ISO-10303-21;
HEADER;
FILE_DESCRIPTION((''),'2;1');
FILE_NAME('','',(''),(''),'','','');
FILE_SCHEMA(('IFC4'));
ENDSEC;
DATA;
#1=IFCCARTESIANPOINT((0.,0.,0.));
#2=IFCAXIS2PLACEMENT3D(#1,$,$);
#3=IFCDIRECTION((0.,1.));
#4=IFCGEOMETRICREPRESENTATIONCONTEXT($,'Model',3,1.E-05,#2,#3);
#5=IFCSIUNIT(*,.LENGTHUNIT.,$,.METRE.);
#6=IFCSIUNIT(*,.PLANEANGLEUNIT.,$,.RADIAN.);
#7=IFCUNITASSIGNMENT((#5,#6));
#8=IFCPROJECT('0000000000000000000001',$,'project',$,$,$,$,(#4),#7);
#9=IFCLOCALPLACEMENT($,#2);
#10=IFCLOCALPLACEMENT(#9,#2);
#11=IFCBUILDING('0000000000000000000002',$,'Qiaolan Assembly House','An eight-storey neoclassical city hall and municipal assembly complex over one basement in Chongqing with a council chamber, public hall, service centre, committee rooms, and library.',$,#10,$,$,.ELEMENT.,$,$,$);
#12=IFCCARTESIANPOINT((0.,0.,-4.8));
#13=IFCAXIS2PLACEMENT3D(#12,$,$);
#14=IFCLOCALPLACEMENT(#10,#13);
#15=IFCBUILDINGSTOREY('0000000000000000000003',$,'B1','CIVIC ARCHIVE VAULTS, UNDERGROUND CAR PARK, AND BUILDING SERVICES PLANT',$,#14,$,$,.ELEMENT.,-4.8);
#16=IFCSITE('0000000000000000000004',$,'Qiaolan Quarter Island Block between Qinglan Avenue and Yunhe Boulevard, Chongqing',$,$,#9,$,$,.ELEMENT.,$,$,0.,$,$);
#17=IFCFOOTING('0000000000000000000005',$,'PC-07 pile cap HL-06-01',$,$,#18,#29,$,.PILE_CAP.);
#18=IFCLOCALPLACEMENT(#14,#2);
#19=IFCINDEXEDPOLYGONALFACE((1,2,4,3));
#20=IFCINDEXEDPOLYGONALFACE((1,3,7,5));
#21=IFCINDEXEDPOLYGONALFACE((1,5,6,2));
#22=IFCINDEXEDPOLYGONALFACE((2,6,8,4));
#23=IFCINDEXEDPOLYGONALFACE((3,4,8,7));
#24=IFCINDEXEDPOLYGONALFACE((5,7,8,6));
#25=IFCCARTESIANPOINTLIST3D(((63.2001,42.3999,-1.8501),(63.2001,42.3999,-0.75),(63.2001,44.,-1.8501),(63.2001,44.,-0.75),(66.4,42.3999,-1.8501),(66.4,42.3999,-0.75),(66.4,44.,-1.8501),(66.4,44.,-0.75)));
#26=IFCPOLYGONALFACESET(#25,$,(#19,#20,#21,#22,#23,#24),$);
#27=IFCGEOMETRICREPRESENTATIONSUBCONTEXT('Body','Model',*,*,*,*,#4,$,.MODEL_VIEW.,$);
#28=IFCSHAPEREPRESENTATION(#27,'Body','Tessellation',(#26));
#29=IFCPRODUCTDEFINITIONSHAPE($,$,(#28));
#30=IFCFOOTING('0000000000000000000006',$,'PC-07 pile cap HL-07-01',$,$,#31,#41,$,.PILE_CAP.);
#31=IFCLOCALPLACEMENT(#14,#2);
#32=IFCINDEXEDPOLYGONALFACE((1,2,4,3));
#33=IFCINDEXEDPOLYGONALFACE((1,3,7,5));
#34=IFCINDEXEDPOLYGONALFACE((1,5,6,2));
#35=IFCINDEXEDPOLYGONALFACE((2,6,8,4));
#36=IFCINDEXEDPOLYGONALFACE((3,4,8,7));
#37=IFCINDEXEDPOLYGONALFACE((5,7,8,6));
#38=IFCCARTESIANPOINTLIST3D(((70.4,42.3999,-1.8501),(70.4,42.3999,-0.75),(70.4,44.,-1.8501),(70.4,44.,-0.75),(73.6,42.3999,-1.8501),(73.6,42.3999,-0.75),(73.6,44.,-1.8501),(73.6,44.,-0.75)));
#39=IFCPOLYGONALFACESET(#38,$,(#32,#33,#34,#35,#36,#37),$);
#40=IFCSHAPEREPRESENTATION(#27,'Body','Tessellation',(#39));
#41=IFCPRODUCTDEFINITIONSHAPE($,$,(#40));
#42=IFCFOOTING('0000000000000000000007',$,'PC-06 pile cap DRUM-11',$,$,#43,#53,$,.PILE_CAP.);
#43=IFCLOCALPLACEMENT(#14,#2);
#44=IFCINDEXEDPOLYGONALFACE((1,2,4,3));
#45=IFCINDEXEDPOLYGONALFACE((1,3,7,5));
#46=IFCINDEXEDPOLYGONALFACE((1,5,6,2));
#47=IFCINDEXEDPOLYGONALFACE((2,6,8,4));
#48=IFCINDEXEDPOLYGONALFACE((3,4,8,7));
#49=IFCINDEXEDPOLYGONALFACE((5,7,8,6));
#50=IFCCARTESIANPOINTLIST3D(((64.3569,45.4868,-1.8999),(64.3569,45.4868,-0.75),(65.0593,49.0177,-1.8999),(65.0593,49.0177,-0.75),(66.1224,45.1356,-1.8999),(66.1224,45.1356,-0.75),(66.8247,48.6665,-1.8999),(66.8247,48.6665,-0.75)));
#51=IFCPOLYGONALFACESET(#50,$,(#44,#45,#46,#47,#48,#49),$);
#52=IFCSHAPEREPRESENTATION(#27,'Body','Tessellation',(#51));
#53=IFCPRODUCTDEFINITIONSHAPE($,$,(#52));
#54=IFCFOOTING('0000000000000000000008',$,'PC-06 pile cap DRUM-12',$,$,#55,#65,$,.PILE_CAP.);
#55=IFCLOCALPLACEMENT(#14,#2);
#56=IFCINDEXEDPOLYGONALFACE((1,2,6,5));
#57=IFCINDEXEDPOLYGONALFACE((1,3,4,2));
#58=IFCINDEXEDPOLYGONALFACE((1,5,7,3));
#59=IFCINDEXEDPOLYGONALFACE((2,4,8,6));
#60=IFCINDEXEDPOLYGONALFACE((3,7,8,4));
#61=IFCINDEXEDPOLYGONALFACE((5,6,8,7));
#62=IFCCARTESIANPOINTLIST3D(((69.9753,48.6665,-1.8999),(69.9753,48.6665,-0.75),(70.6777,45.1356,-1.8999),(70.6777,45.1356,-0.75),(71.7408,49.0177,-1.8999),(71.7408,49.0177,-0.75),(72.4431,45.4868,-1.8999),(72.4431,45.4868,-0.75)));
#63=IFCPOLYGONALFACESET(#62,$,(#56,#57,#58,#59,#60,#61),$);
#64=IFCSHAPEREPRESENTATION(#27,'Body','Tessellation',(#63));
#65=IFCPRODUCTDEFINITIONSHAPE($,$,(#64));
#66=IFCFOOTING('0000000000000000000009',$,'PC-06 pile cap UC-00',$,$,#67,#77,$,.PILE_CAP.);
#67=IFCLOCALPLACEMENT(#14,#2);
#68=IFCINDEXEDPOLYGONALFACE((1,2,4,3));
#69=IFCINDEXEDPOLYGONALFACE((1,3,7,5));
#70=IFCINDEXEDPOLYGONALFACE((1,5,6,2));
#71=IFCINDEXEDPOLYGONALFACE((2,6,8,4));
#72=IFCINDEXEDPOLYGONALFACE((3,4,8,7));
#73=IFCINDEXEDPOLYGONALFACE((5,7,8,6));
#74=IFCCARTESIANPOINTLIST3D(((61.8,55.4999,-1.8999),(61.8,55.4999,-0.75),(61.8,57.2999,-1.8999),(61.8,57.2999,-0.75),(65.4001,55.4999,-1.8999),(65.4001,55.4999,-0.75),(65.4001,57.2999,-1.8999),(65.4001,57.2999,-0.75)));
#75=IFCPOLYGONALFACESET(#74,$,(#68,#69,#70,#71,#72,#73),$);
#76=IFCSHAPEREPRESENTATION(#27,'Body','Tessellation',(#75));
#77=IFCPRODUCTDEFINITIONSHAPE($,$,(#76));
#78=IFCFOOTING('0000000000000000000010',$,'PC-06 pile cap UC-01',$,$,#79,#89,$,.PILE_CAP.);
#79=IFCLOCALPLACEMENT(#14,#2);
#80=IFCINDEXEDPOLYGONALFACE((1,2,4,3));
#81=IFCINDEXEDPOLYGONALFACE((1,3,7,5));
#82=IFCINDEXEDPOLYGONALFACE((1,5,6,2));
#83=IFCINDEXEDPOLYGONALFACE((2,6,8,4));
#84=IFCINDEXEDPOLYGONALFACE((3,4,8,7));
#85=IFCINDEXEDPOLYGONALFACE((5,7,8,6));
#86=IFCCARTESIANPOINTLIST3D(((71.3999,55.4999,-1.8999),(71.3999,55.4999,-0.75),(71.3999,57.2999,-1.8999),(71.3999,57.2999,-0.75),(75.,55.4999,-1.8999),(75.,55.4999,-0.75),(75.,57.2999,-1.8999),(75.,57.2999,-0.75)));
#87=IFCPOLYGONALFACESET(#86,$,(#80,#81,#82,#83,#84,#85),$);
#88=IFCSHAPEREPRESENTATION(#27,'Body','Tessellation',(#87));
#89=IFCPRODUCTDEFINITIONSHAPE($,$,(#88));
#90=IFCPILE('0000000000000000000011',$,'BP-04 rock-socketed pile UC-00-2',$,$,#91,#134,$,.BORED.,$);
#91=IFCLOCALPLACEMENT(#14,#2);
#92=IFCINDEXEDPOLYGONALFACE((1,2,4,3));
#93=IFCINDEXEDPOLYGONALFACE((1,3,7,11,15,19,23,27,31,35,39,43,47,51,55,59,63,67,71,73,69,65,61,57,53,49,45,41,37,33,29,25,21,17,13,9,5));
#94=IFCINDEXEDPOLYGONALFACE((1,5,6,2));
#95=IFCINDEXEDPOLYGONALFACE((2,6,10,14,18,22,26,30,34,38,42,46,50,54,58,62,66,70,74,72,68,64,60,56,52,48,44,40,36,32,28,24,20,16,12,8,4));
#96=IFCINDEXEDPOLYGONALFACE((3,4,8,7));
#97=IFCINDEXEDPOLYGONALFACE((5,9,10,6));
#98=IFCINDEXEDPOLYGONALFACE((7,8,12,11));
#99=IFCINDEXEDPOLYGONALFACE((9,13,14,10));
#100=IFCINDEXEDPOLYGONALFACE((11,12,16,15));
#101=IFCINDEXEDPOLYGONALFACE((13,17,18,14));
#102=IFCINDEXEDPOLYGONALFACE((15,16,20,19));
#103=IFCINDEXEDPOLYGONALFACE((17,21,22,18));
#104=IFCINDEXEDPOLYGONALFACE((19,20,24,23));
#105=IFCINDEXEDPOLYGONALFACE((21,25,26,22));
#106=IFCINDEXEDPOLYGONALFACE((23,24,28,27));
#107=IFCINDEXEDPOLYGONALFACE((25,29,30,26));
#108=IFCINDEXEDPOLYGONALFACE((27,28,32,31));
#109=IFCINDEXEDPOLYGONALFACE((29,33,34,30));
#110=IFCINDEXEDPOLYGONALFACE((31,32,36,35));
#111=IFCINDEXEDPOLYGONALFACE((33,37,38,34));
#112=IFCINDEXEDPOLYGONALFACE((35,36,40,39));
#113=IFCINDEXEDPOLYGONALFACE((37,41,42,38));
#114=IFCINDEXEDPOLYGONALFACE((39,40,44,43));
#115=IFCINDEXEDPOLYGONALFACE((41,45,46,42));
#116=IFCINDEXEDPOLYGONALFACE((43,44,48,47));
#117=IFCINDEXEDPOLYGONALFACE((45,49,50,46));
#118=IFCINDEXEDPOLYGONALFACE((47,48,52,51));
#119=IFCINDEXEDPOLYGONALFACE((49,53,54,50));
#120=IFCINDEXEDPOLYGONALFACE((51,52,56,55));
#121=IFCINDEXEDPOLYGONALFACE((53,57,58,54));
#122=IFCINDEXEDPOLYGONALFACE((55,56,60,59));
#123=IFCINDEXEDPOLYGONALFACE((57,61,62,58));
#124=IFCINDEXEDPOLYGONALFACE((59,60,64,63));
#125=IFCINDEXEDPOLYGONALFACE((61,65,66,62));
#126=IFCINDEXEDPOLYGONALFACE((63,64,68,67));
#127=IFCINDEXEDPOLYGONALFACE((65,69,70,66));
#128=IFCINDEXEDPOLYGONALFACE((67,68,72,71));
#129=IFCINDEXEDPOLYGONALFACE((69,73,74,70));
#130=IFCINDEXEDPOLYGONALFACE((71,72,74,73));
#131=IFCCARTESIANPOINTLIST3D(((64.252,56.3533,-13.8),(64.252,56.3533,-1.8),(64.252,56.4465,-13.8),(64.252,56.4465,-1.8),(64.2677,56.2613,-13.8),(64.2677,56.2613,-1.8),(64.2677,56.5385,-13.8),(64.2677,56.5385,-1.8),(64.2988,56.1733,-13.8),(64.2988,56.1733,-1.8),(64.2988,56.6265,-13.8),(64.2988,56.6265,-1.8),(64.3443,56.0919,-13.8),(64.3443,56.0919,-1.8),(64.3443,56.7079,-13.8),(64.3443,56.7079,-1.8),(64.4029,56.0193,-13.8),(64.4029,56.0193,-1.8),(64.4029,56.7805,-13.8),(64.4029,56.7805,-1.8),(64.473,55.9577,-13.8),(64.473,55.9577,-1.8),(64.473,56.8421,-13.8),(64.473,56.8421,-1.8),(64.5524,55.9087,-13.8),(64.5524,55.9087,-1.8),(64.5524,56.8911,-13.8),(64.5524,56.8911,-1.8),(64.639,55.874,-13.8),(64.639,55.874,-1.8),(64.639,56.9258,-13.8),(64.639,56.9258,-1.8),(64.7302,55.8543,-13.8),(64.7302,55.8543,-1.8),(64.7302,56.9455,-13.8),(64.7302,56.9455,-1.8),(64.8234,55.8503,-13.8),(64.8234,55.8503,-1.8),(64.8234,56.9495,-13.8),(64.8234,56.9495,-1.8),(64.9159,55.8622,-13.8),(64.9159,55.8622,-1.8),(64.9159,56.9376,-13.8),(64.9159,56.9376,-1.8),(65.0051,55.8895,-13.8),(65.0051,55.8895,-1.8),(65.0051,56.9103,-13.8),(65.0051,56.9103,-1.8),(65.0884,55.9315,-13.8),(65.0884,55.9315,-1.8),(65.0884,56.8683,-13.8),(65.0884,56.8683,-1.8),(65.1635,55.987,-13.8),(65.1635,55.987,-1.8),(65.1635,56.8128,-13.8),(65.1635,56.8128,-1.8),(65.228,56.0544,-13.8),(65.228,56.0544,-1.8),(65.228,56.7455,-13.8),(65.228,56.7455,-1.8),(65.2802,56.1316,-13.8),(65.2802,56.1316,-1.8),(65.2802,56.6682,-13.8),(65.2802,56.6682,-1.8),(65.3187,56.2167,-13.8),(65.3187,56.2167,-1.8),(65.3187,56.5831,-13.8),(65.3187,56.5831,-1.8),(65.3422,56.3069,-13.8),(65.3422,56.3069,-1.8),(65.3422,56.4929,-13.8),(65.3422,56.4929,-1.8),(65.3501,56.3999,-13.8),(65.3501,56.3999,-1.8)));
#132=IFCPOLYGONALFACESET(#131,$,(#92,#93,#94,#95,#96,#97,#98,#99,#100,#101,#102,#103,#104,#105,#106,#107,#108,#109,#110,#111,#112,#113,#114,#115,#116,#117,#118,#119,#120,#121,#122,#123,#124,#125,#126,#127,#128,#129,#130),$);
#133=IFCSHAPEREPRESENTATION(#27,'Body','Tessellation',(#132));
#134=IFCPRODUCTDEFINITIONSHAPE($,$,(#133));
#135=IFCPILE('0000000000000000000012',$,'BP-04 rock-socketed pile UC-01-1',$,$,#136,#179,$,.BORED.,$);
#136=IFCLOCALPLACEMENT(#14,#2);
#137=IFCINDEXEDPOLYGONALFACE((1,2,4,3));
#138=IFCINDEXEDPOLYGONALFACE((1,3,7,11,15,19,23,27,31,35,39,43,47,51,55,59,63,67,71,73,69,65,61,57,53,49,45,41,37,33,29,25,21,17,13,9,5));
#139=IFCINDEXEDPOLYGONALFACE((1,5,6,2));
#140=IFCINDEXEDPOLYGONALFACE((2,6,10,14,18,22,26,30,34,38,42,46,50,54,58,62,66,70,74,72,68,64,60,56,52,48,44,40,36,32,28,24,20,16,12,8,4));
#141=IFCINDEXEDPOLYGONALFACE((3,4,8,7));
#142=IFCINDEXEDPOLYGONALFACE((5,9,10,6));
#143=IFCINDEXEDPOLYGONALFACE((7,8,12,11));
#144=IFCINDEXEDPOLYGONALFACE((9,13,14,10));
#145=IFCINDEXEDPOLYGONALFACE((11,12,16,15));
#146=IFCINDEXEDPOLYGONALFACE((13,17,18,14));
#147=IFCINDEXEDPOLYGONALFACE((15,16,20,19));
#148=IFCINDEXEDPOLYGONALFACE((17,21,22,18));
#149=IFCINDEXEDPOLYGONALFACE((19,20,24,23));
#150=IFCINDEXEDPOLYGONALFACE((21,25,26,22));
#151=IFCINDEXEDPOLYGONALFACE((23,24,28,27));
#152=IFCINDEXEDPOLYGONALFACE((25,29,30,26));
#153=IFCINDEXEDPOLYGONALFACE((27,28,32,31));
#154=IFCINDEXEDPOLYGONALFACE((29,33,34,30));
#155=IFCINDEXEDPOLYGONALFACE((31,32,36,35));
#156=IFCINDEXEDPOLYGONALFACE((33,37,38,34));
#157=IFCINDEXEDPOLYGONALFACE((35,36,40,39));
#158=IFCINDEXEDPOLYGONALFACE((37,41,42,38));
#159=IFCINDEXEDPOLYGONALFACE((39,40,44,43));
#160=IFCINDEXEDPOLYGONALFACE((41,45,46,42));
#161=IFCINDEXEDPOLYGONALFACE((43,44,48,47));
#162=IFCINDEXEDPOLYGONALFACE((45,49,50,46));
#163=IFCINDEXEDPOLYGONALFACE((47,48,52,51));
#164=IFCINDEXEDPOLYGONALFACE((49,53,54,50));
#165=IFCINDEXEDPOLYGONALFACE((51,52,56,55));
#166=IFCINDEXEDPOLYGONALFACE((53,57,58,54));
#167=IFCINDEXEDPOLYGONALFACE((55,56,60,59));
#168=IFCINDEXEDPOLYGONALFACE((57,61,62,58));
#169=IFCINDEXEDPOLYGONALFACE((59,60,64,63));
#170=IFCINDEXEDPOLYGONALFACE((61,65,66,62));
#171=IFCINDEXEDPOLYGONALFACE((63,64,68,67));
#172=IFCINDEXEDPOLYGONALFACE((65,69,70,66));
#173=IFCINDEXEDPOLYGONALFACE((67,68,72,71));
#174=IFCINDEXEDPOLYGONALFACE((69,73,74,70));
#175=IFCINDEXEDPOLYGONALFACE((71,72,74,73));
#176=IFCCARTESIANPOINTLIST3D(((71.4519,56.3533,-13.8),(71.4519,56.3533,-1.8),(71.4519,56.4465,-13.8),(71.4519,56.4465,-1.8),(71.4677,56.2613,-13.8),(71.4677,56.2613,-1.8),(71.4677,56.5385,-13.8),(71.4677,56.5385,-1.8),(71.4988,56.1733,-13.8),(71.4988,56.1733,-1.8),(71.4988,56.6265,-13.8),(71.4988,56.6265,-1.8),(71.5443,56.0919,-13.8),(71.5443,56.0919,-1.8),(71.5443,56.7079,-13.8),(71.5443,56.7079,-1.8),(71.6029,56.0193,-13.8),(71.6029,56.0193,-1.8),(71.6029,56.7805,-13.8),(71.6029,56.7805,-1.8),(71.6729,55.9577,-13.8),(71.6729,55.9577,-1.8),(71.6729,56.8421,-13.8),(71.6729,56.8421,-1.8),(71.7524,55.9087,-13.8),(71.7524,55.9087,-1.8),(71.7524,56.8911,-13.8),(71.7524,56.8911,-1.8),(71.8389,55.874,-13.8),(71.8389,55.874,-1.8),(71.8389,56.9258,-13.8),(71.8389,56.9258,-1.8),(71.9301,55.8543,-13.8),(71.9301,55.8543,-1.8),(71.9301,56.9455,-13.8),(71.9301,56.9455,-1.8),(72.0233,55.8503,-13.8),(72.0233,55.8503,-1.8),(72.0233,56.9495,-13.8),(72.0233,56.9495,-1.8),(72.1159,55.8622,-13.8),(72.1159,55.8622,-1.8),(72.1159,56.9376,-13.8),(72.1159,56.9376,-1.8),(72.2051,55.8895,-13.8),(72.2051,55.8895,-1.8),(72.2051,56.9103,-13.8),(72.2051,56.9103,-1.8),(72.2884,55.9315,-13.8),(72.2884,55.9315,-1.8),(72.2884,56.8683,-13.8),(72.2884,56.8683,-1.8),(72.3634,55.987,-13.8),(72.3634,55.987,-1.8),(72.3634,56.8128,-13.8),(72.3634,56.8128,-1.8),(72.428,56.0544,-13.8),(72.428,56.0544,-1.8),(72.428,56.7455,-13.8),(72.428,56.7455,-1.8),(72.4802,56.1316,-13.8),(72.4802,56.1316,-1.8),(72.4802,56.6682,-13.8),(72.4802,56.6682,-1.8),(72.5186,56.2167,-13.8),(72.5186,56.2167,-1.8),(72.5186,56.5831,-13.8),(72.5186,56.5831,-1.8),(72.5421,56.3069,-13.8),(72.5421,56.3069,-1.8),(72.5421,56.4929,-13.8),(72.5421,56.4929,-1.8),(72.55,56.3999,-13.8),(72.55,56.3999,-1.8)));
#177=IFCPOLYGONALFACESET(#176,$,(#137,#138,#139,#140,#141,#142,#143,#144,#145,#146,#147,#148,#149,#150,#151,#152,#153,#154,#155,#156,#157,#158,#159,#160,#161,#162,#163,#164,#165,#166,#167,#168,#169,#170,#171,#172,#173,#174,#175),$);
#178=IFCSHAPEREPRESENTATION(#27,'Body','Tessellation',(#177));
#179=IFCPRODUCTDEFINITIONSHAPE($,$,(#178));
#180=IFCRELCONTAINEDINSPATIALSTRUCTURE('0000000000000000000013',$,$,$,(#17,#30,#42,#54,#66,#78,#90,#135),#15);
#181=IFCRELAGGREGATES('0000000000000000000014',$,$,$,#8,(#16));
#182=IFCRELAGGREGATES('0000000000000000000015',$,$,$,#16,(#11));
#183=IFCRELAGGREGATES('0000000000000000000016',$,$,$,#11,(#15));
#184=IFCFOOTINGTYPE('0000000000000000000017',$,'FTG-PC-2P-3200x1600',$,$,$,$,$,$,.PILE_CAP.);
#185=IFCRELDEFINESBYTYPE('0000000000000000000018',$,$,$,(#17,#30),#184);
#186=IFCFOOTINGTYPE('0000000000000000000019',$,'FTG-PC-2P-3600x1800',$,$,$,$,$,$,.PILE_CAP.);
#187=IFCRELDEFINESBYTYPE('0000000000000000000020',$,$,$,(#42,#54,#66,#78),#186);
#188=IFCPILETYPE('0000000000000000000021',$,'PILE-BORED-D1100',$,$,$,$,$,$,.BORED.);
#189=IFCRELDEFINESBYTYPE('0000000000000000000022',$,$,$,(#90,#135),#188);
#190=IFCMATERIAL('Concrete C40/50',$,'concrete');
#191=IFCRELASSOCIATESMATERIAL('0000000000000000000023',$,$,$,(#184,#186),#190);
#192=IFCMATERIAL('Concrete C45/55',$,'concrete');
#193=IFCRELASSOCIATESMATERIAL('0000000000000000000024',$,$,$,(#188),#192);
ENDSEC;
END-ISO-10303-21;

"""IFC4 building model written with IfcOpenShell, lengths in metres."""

from ifc_helpers import new_model, si_unit, direction, frame, origin, origin_2d, place, context, subcontext, project, spatial, rectangle, circle, extrude, material, material_profile, profile_set, type_object, element, save


model = new_model("IFC4")

# Units and contexts
model_context = context("Model", 3, precision=1e-05, world=origin(), true_north=direction((0.0, 1.0)))
body_context = subcontext(model_context, "Body", "Model", "MODEL_VIEW")
ifc_project = project(units=[si_unit("LENGTHUNIT", "METRE"), si_unit("PLANEANGLEUNIT", "RADIAN")], contexts=[model_context])

# Site, building, storey
site_placement = place(None, origin())
site = spatial("IfcSite", under=ifc_project, at=site_placement, Name="Qiaolan Quarter Island Block between Qinglan Avenue and Yunhe Boulevard, Chongqing", CompositionType="ELEMENT", RefElevation=0.0)
building_placement = place(site_placement, origin())
building = spatial("IfcBuilding", under=site, at=building_placement, Name="Qiaolan Assembly House", Description="An eight-storey neoclassical city hall and municipal assembly complex over one basement in Chongqing with a council chamber, public hall, service centre, committee rooms, and library.", CompositionType="ELEMENT")
storey_placement = place(building_placement, frame((0.0, 0.0, -4.8)))
storey = spatial("IfcBuildingStorey", under=building, at=storey_placement, Name="B1", Description="CIVIC ARCHIVE VAULTS, UNDERGROUND CAR PARK, AND BUILDING SERVICES PLANT", CompositionType="ELEMENT", Elevation=-4.8)

# Footings
ifc_material_1 = material(Name="Concrete C40/50", Category="concrete")
footing_type_1 = type_object("IfcFootingType", Name="FTG-PC-2P-3200x1600", PredefinedType="PILE_CAP", material=ifc_material_1)
for number, where, z_axis, x_axis, name in (
    (1, (64.8, 43.2, -1.8501), (0.0, 0.0, 1.0), (1.0, 0.0, 0.0), "PC-07 pile cap HL-06-01"),
    (2, (72.0, 43.2, -1.8501), (0.0, 0.0, 1.0), (1.0, 0.0, 0.0), "PC-07 pile cap HL-07-01"),
):
    element("IfcFooting", number, at=place(storey_placement, frame(where, z_axis=z_axis, x_axis=x_axis)), inside=storey, type_object=footing_type_1, Name=name, PredefinedType="PILE_CAP", context=body_context, shape_type="SweptSolid", body=[
        extrude(rectangle(XDim=3.2, YDim=1.6001, at=origin_2d()), origin(), (0.0, 0.0, 1.0), 1.1001),
    ])
footing_type_2 = type_object("IfcFootingType", Name="FTG-PC-2P-3600x1800", PredefinedType="PILE_CAP", material=ifc_material_1)
for number, where, z_axis, x_axis, name in (
    (3, (65.5908, 47.0767, -1.8999), (0.0, 0.0, 1.0), (-0.19509, -0.980785, 0.0), "PC-06 pile cap DRUM-11"),
    (4, (71.2092, 47.0767, -1.8999), (0.0, 0.0, 1.0), (0.19509, -0.980785, 0.0), "PC-06 pile cap DRUM-12"),
    (5, (63.6001, 56.3999, -1.8999), (0.0, 0.0, 1.0), (1.0, 0.0, 0.0), "PC-06 pile cap UC-00"),
    (6, (73.2, 56.3999, -1.8999), (0.0, 0.0, 1.0), (1.0, 0.0, 0.0), "PC-06 pile cap UC-01"),
):
    element("IfcFooting", number, at=place(storey_placement, frame(where, z_axis=z_axis, x_axis=x_axis)), inside=storey, type_object=footing_type_2, Name=name, PredefinedType="PILE_CAP", context=body_context, shape_type="SweptSolid", body=[
        extrude(rectangle(XDim=3.6001, YDim=1.8, at=origin_2d()), origin(), (0.0, 0.0, 1.0), 1.1499),
    ])

# Piles
ifc_material_2 = material(Name="Concrete C45/55", Category="concrete")
ifc_material_profile_1 = material_profile(ifc_material_2, circle(Radius=0.55, at=origin_2d()), Name="PILE D1100")
ifc_profile_set_1 = profile_set([ifc_material_profile_1], Name="Concrete C45/55")
pile_type_1 = type_object("IfcPileType", Name="PILE-BORED-D1100", PredefinedType="BORED", material=ifc_profile_set_1)
for number, where, z_axis, x_axis, name in (
    (7, (64.8, 56.3999, -1.8), (0.0, 0.0, -1.0), (1.0, 0.0, 0.0), "BP-04 rock-socketed pile UC-00-2"),
    (8, (72.0, 56.3999, -1.8), (0.0, 0.0, -1.0), (1.0, 0.0, 0.0), "BP-04 rock-socketed pile UC-01-1"),
):
    element("IfcPile", number, at=place(storey_placement, frame(where, z_axis=z_axis, x_axis=x_axis)), inside=storey, type_object=pile_type_1, Name=name, PredefinedType="BORED", context=body_context, shape_type="SweptSolid", body=[
        extrude(circle(Radius=0.55, at=origin_2d()), origin(), (0.0, 0.0, 1.0), 12.0),
    ])

save(model, "model.ifc")
